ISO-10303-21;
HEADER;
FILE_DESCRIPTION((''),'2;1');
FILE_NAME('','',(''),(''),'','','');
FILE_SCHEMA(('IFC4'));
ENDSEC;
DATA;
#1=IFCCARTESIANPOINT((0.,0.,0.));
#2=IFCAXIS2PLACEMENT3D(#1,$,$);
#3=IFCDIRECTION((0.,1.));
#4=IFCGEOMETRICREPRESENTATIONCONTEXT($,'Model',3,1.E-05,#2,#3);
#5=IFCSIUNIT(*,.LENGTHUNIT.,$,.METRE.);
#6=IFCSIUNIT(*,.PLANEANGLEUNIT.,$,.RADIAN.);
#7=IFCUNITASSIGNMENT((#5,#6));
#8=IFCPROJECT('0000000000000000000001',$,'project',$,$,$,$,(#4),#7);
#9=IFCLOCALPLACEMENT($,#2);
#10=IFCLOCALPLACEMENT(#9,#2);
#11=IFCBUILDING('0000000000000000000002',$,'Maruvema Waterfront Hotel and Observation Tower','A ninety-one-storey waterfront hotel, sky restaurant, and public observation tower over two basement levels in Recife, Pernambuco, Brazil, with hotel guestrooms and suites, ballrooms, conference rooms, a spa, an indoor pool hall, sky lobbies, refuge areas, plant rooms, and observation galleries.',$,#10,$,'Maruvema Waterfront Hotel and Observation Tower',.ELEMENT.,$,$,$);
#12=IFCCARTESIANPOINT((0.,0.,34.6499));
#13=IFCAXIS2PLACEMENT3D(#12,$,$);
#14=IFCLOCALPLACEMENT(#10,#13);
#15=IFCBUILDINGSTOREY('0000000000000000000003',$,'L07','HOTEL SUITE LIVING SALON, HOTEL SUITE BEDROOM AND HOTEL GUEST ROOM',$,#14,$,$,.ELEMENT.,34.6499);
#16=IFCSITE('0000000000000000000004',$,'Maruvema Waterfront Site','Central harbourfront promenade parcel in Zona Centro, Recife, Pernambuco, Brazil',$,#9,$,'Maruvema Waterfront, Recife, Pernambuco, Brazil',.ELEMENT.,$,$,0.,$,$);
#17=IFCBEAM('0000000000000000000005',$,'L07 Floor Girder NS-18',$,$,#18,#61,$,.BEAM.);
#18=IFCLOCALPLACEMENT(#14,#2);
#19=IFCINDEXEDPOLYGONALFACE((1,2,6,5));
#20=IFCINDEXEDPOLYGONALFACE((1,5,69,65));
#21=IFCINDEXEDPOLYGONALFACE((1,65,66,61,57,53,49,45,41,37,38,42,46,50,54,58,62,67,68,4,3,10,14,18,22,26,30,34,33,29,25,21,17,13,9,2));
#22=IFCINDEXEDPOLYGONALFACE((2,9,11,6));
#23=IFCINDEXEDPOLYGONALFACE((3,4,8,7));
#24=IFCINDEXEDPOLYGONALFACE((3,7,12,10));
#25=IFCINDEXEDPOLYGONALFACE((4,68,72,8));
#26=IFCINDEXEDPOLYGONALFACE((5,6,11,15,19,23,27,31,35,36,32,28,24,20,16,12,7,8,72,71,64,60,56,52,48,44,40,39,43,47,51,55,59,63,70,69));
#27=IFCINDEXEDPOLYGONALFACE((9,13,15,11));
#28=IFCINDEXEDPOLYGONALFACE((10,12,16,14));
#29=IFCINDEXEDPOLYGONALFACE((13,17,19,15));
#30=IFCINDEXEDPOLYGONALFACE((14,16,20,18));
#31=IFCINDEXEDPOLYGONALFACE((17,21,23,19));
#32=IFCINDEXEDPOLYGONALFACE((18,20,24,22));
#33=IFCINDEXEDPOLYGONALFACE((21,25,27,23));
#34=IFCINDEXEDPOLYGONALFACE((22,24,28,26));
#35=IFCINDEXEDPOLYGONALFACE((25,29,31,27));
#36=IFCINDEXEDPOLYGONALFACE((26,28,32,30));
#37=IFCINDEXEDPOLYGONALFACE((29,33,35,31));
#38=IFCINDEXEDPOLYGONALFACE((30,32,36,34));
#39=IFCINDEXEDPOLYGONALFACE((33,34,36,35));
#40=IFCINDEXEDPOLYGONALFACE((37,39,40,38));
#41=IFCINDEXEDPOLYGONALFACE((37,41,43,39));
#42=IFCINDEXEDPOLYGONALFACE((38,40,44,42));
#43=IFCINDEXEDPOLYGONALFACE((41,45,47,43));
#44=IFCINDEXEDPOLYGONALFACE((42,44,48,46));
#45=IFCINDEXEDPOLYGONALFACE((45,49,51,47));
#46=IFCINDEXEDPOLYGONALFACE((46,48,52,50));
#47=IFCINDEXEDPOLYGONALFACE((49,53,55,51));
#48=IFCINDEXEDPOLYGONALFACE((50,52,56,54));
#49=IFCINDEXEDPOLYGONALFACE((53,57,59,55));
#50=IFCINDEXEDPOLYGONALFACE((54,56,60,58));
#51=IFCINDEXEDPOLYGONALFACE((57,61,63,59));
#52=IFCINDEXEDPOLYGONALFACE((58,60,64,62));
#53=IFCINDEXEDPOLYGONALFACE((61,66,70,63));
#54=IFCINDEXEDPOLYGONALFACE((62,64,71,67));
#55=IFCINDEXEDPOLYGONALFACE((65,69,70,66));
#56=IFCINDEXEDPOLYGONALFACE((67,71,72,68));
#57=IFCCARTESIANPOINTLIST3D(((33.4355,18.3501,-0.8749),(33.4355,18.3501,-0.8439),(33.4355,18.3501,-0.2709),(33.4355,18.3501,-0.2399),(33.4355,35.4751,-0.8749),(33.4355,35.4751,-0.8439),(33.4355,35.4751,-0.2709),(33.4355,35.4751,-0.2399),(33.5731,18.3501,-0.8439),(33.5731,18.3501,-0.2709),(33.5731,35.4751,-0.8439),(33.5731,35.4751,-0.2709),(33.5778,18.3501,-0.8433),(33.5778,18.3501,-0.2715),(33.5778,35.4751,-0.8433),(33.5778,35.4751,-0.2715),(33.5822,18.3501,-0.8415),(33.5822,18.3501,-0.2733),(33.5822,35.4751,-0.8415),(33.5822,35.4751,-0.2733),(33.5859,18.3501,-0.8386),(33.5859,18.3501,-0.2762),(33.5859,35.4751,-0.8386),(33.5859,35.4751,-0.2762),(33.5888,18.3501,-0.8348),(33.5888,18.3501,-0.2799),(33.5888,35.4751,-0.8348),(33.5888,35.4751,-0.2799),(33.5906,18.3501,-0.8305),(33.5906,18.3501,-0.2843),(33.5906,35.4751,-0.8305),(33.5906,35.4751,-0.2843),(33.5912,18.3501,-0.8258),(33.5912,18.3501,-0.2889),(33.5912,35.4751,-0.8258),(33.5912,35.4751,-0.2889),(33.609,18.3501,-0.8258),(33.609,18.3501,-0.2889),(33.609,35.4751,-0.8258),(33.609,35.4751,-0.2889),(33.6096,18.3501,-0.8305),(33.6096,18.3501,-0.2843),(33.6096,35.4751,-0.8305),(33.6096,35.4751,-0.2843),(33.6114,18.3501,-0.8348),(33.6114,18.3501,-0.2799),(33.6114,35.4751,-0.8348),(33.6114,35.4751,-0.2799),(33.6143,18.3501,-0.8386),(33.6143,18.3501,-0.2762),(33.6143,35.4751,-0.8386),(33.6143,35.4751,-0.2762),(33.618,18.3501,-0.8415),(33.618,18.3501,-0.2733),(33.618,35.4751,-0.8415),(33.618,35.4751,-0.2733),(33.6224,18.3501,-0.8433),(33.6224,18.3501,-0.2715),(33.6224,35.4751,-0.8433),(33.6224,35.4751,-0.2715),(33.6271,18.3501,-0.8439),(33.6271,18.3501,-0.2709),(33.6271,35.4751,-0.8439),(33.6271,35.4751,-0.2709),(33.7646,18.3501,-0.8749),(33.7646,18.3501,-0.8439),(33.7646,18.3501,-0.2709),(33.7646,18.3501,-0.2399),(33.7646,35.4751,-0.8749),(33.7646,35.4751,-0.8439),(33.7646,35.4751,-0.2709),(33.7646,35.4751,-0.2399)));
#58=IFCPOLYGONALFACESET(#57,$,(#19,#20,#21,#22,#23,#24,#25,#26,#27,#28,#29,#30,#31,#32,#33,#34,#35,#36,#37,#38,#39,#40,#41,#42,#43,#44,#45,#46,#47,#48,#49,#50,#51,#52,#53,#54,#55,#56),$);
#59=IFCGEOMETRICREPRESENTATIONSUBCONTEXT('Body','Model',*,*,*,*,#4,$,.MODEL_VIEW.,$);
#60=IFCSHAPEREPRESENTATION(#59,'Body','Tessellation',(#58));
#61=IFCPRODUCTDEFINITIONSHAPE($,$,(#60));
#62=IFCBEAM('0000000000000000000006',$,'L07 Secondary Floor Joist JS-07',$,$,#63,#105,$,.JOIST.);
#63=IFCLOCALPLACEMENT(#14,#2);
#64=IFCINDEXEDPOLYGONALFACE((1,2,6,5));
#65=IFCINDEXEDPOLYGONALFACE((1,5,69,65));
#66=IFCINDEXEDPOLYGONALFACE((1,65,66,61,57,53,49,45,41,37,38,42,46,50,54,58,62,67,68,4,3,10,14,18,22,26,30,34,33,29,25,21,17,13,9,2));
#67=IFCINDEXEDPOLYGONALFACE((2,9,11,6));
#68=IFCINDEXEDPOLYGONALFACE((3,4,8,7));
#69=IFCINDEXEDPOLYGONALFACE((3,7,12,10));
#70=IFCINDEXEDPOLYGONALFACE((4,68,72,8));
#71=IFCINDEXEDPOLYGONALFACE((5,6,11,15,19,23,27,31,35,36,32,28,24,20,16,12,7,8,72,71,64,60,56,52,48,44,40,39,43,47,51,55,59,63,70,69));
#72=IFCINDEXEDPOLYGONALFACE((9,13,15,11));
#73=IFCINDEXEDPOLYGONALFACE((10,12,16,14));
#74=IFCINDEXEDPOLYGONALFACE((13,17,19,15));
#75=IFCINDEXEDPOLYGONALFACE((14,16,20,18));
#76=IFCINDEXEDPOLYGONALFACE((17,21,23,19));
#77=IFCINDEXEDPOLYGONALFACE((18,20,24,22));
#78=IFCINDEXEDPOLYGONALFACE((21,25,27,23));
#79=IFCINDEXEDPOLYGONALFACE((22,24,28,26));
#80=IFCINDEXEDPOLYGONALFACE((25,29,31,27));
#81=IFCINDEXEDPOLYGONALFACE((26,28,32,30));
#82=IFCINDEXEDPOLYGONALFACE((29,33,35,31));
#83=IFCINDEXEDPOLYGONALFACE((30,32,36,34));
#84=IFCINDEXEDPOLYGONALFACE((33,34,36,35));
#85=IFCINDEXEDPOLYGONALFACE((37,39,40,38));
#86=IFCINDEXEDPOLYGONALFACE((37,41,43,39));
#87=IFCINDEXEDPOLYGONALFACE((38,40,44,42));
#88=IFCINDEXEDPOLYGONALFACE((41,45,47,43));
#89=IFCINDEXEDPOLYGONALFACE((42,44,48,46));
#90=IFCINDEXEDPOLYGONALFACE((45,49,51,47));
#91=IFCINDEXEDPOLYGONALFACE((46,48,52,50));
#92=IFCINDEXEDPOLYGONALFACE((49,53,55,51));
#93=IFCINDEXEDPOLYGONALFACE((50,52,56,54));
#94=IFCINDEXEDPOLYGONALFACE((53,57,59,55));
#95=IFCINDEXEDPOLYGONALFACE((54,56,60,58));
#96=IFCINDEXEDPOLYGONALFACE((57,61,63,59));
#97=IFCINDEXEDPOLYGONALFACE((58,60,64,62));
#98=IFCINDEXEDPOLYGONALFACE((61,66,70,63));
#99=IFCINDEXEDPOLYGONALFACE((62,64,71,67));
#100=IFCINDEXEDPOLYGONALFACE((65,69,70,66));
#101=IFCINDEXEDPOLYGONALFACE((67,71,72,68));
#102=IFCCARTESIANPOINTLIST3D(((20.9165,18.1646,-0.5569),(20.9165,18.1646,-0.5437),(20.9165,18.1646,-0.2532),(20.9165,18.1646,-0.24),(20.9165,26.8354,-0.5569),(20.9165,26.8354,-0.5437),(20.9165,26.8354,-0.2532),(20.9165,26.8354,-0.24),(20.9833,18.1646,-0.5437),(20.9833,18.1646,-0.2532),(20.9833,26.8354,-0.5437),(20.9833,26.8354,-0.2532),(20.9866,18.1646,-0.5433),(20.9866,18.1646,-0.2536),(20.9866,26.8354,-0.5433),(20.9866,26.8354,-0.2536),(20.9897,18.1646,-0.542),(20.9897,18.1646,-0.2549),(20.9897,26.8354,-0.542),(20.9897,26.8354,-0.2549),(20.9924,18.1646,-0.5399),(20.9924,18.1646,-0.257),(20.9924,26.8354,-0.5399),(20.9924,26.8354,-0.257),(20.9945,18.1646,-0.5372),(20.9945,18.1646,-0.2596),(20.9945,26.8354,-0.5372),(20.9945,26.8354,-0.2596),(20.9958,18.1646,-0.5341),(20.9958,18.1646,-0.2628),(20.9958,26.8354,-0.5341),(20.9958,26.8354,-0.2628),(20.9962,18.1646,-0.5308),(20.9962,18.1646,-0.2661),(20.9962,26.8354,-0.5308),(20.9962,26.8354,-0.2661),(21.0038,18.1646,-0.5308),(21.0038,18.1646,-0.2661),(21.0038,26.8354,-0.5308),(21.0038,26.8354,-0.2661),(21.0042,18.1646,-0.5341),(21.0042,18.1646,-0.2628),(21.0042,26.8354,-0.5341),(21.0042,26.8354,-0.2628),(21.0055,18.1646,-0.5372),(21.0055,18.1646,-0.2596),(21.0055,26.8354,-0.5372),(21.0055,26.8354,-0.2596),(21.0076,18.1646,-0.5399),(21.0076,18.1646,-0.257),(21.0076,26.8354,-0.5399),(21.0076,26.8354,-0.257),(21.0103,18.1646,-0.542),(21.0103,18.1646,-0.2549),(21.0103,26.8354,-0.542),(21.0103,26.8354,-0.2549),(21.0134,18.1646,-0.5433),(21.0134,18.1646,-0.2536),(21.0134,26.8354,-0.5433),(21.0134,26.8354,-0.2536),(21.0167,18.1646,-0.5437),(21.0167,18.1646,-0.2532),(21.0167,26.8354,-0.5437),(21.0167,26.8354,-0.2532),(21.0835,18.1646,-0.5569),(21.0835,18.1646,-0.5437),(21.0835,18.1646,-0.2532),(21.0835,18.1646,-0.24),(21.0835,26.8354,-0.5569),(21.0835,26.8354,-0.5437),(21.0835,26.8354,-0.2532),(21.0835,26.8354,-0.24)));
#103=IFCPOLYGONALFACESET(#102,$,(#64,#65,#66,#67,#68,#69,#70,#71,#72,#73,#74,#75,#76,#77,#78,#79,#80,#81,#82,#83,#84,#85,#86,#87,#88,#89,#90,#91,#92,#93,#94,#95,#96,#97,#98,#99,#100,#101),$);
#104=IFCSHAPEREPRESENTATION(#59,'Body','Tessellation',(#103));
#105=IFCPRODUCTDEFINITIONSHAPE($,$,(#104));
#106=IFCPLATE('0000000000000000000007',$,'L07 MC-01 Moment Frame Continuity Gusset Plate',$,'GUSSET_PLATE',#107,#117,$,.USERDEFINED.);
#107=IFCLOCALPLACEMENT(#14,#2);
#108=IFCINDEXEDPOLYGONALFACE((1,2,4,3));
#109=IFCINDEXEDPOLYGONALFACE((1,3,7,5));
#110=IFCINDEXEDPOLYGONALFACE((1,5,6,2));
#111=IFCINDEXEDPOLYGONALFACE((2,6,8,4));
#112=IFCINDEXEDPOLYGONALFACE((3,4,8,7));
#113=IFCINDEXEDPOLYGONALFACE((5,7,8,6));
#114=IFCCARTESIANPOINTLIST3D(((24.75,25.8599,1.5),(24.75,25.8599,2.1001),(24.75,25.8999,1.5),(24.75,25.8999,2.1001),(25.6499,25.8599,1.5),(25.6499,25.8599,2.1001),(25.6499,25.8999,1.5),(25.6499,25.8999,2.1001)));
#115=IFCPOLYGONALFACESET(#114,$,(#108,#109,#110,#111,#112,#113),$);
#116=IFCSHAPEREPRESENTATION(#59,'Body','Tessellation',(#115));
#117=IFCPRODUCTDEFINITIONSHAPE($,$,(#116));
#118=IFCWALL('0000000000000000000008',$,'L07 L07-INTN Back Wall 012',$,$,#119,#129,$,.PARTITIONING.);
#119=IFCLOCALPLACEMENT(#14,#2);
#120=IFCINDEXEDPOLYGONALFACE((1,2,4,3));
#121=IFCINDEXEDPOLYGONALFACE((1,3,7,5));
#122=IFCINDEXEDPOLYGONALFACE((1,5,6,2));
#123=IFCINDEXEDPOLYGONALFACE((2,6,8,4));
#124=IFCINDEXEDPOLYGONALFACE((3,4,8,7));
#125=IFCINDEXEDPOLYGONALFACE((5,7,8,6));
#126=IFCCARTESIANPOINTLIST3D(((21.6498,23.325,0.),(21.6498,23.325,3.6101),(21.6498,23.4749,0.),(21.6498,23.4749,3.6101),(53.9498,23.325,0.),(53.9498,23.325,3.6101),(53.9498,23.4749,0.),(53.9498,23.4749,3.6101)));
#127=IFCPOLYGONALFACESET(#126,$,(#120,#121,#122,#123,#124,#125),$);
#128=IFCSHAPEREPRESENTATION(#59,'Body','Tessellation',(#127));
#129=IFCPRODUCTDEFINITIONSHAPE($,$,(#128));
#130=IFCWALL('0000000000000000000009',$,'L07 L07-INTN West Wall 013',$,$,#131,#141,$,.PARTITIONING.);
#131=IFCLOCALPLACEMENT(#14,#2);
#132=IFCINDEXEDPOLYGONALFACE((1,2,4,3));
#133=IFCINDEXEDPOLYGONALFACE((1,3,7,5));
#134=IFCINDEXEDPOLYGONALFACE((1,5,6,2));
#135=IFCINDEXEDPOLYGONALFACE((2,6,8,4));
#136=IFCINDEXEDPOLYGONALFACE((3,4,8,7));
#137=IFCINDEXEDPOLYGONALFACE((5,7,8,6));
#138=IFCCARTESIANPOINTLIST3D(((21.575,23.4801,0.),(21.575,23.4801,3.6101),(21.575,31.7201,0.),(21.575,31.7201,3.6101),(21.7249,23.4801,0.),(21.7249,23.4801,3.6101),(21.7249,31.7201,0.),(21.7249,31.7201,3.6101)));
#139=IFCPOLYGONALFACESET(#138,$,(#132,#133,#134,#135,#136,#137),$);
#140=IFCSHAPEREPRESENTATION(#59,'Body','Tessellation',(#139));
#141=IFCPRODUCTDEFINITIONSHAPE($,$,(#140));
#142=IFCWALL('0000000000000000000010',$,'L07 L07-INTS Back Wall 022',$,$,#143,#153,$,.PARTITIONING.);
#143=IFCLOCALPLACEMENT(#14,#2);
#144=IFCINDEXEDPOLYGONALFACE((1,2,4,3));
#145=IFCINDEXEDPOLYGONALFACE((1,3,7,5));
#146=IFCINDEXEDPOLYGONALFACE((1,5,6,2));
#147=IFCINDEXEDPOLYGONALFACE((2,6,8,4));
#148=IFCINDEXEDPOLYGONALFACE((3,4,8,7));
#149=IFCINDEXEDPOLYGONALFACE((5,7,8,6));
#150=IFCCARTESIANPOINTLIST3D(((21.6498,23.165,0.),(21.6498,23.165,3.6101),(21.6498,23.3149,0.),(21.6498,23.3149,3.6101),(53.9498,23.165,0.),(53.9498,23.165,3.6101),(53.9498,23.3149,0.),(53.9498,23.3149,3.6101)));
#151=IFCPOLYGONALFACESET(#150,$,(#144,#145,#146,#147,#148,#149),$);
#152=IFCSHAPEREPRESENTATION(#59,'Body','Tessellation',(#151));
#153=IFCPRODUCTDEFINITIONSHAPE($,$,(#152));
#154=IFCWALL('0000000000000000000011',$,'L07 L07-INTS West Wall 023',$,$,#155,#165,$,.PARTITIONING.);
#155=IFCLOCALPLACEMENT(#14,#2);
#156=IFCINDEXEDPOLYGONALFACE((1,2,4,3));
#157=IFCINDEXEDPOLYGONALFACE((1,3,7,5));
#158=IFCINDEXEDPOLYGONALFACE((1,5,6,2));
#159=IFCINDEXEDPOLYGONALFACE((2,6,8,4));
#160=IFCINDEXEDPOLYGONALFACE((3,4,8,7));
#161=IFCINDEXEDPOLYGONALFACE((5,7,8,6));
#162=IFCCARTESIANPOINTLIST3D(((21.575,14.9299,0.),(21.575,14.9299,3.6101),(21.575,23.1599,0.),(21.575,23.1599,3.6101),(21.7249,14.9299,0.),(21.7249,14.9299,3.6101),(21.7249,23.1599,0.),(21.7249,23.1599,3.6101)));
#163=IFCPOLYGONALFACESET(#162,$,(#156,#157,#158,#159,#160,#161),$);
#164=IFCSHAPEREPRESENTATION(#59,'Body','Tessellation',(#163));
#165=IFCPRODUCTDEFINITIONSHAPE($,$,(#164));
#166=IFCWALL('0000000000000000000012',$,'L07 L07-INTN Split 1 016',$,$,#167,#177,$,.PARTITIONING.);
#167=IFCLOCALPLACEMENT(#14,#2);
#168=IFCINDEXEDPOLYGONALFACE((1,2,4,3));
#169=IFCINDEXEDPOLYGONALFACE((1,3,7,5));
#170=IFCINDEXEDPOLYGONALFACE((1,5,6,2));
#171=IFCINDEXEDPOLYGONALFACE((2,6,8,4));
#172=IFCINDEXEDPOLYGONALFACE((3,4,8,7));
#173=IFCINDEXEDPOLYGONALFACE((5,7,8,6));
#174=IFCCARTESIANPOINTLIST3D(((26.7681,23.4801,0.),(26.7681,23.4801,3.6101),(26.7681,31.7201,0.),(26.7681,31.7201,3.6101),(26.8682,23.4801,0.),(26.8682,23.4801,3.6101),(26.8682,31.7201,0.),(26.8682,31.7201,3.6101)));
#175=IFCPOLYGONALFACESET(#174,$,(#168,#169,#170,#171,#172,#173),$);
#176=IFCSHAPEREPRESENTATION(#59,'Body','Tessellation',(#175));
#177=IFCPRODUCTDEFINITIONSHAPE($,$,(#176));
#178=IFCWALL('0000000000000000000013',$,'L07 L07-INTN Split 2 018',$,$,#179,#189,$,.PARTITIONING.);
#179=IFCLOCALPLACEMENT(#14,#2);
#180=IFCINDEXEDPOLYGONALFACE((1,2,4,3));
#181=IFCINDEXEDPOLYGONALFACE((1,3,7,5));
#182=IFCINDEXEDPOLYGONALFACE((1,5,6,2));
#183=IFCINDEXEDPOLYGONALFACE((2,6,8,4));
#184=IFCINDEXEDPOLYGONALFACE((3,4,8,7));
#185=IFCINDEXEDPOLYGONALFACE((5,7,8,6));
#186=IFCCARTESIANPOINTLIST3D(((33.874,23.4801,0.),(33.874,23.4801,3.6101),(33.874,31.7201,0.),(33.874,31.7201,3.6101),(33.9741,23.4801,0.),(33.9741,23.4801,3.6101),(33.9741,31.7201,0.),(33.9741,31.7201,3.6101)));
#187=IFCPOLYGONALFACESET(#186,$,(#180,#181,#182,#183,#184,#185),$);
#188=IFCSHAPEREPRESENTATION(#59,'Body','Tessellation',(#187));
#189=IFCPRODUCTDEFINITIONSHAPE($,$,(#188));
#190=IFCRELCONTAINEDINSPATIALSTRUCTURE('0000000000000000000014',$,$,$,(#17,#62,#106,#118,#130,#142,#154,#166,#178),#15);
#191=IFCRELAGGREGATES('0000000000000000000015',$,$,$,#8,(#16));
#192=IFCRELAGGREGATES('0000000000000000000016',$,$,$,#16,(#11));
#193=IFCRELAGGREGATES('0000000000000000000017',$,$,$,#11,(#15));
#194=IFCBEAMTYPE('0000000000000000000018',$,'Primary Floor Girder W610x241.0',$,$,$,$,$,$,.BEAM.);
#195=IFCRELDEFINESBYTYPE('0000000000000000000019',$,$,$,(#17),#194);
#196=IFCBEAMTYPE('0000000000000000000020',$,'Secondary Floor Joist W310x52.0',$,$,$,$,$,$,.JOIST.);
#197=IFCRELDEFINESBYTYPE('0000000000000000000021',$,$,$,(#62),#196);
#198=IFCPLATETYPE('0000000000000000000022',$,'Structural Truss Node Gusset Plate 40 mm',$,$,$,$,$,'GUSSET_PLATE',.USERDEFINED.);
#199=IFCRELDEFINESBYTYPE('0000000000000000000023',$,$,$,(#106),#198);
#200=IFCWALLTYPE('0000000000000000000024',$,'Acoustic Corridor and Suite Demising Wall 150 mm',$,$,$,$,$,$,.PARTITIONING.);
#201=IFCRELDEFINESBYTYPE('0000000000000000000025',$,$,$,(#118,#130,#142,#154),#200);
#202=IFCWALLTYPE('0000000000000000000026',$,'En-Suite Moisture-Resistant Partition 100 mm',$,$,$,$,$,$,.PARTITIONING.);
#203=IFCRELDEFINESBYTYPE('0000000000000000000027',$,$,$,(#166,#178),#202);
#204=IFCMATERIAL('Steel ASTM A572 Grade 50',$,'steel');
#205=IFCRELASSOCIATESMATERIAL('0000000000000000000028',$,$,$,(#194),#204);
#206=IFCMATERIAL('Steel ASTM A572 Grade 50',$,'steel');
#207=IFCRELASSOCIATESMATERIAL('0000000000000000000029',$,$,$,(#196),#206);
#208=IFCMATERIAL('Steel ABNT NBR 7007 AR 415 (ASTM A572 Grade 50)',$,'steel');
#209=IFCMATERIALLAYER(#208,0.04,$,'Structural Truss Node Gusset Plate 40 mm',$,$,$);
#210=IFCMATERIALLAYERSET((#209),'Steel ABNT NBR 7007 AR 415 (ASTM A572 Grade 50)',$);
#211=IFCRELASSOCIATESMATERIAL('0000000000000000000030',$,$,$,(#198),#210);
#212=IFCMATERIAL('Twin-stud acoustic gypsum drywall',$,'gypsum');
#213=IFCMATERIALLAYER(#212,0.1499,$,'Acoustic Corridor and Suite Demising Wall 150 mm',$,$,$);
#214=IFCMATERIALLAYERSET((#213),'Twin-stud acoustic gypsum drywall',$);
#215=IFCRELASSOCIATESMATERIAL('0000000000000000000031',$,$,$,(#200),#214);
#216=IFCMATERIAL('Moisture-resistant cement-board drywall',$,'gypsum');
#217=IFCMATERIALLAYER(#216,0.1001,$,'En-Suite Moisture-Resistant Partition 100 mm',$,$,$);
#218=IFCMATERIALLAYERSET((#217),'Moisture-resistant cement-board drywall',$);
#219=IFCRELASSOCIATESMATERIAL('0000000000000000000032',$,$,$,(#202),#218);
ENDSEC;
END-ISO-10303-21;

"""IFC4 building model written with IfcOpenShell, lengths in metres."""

from ifc_helpers import new_model, si_unit, direction, frame, frame_2d, origin, origin_2d, place, context, subcontext, project, spatial, rectangle, i_section, extrude, material, layer, layer_set, material_profile, profile_set, type_object, element, save


model = new_model("IFC4")

# Units and contexts
model_context = context("Model", 3, precision=1e-05, world=origin(), true_north=direction((0.0, 1.0)))
body_context = subcontext(model_context, "Body", "Model", "MODEL_VIEW")
ifc_project = project(units=[si_unit("LENGTHUNIT", "METRE"), si_unit("PLANEANGLEUNIT", "RADIAN")], contexts=[model_context])

# Site, building, storey
site_placement = place(None, origin())
site = spatial("IfcSite", under=ifc_project, at=site_placement, Name="Maruvema Waterfront Site", Description="Central harbourfront promenade parcel in Zona Centro, Recife, Pernambuco, Brazil", LongName="Maruvema Waterfront, Recife, Pernambuco, Brazil", CompositionType="ELEMENT", RefElevation=0.0)
building_placement = place(site_placement, origin())
building = spatial("IfcBuilding", under=site, at=building_placement, Name="Maruvema Waterfront Hotel and Observation Tower", Description="A ninety-one-storey waterfront hotel, sky restaurant, and public observation tower over two basement levels in Recife, Pernambuco, Brazil, with hotel guestrooms and suites, ballrooms, conference rooms, a spa, an indoor pool hall, sky lobbies, refuge areas, plant rooms, and observation galleries.", LongName="Maruvema Waterfront Hotel and Observation Tower", CompositionType="ELEMENT")
storey_placement = place(building_placement, frame((0.0, 0.0, 34.6499)))
storey = spatial("IfcBuildingStorey", under=building, at=storey_placement, Name="L07", Description="HOTEL SUITE LIVING SALON, HOTEL SUITE BEDROOM AND HOTEL GUEST ROOM", CompositionType="ELEMENT", Elevation=34.6499)

# Beams
ifc_material_1 = material(Name="Steel ASTM A572 Grade 50", Category="steel")
ifc_material_profile_1 = material_profile(ifc_material_1, i_section(OverallWidth=0.3291, OverallDepth=0.635, WebThickness=0.0178, FlangeThickness=0.031, FilletRadius=0.0181, at=origin_2d()), Name="W610x241.0")
ifc_profile_set_1 = profile_set([ifc_material_profile_1], Name="Steel ASTM A572 Grade 50")
beam_type_1 = type_object("IfcBeamType", Name="Primary Floor Girder W610x241.0", PredefinedType="BEAM", material=ifc_profile_set_1)
beam_1_placement = place(storey_placement, frame((33.6001, 18.3501, -0.5574), z_axis=(0.0, 1.0, 0.0), x_axis=(-1.0, 0.0, 0.0)))
element("IfcBeam", 1, at=beam_1_placement, inside=storey, type_object=beam_type_1, Name="L07 Floor Girder NS-18", PredefinedType="BEAM", context=body_context, shape_type="SweptSolid", body=[
    extrude(i_section(OverallWidth=0.3291, OverallDepth=0.635, WebThickness=0.0178, FlangeThickness=0.031, FilletRadius=0.0181, at=origin_2d()), origin(), (0.0, 0.0, 1.0), 17.125),
])
ifc_material_2 = material(Name="Steel ASTM A572 Grade 50", Category="steel")
ifc_material_profile_2 = material_profile(ifc_material_2, i_section(OverallWidth=0.167, OverallDepth=0.3169, WebThickness=0.0076, FlangeThickness=0.0132, FilletRadius=0.0129, at=origin_2d()), Name="W310x52.0")
ifc_profile_set_2 = profile_set([ifc_material_profile_2], Name="Steel ASTM A572 Grade 50")
beam_type_2 = type_object("IfcBeamType", Name="Secondary Floor Joist W310x52.0", PredefinedType="JOIST", material=ifc_profile_set_2)
beam_2_placement = place(storey_placement, frame((21.0, 18.1646, -0.3984), z_axis=(0.0, 1.0, 0.0), x_axis=(-1.0, 0.0, 0.0)))
element("IfcBeam", 2, at=beam_2_placement, inside=storey, type_object=beam_type_2, Name="L07 Secondary Floor Joist JS-07", PredefinedType="JOIST", context=body_context, shape_type="SweptSolid", body=[
    extrude(i_section(OverallWidth=0.167, OverallDepth=0.3169, WebThickness=0.0076, FlangeThickness=0.0132, FilletRadius=0.0129, at=origin_2d()), origin(), (0.0, 0.0, 1.0), 8.6709),
])

# Plate
ifc_material_3 = material(Name="Steel ABNT NBR 7007 AR 415 (ASTM A572 Grade 50)", Category="steel")
ifc_layer_1 = layer(ifc_material_3, 0.04, Name="Structural Truss Node Gusset Plate 40 mm")
ifc_layer_set_1 = layer_set([ifc_layer_1], Name="Steel ABNT NBR 7007 AR 415 (ASTM A572 Grade 50)")
plate_type = type_object("IfcPlateType", Name="Structural Truss Node Gusset Plate 40 mm", ElementType="GUSSET_PLATE", PredefinedType="USERDEFINED", material=ifc_layer_set_1)
plate_placement = place(storey_placement, frame((25.2, 25.8799, 1.5), z_axis=(0.0, 0.0, 1.0), x_axis=(1.0, 0.0, 0.0)))
element("IfcPlate", 3, at=plate_placement, inside=storey, type_object=plate_type, Name="L07 MC-01 Moment Frame Continuity Gusset Plate", ObjectType="GUSSET_PLATE", PredefinedType="USERDEFINED", context=body_context, shape_type="SweptSolid", body=[
    extrude(rectangle(XDim=0.8999, YDim=0.04, at=origin_2d()), origin(), (0.0, 0.0, 1.0), 0.6001),
])

# Walls
ifc_material_4 = material(Name="Twin-stud acoustic gypsum drywall", Category="gypsum")
ifc_layer_2 = layer(ifc_material_4, 0.1499, Name="Acoustic Corridor and Suite Demising Wall 150 mm")
ifc_layer_set_2 = layer_set([ifc_layer_2], Name="Twin-stud acoustic gypsum drywall")
wall_type_1 = type_object("IfcWallType", Name="Acoustic Corridor and Suite Demising Wall 150 mm", PredefinedType="PARTITIONING", material=ifc_layer_set_2)
wall_1_placement = place(storey_placement, frame((21.6499, 23.3999, 0.0), z_axis=(0.0, 0.0, 1.0), x_axis=(1.0, 0.0, 0.0)))
element("IfcWall", 4, at=wall_1_placement, inside=storey, type_object=wall_type_1, Name="L07 L07-INTN Back Wall 012", PredefinedType="PARTITIONING", context=body_context, shape_type="SweptSolid", body=[
    extrude(rectangle(XDim=32.3, YDim=0.1499, at=frame_2d((16.1499, 0.0))), origin(), (0.0, 0.0, 1.0), 3.6101),
])
wall_2_placement = place(storey_placement, frame((21.6499, 23.48, 0.0), z_axis=(0.0, 0.0, 1.0), x_axis=(0.0, 1.0, 0.0)))
element("IfcWall", 5, at=wall_2_placement, inside=storey, type_object=wall_type_1, Name="L07 L07-INTN West Wall 013", PredefinedType="PARTITIONING", context=body_context, shape_type="SweptSolid", body=[
    extrude(rectangle(XDim=8.24, YDim=0.1499, at=frame_2d((4.1201, 0.0))), origin(), (0.0, 0.0, 1.0), 3.6101),
])
wall_3_placement = place(storey_placement, frame((21.6499, 23.24, 0.0), z_axis=(0.0, 0.0, 1.0), x_axis=(1.0, 0.0, 0.0)))
element("IfcWall", 6, at=wall_3_placement, inside=storey, type_object=wall_type_1, Name="L07 L07-INTS Back Wall 022", PredefinedType="PARTITIONING", context=body_context, shape_type="SweptSolid", body=[
    extrude(rectangle(XDim=32.3, YDim=0.1499, at=frame_2d((16.1499, 0.0))), origin(), (0.0, 0.0, 1.0), 3.6101),
])
wall_4_placement = place(storey_placement, frame((21.6499, 14.9299, 0.0), z_axis=(0.0, 0.0, 1.0), x_axis=(0.0, 1.0, 0.0)))
element("IfcWall", 7, at=wall_4_placement, inside=storey, type_object=wall_type_1, Name="L07 L07-INTS West Wall 023", PredefinedType="PARTITIONING", context=body_context, shape_type="SweptSolid", body=[
    extrude(rectangle(XDim=8.23, YDim=0.1499, at=frame_2d((4.115, 0.0))), origin(), (0.0, 0.0, 1.0), 3.6101),
])
ifc_material_5 = material(Name="Moisture-resistant cement-board drywall", Category="gypsum")
ifc_layer_3 = layer(ifc_material_5, 0.1001, Name="En-Suite Moisture-Resistant Partition 100 mm")
ifc_layer_set_3 = layer_set([ifc_layer_3], Name="Moisture-resistant cement-board drywall")
wall_type_2 = type_object("IfcWallType", Name="En-Suite Moisture-Resistant Partition 100 mm", PredefinedType="PARTITIONING", material=ifc_layer_set_3)
for number, where, z_axis, x_axis, name in (
    (8, (26.8181, 23.48, 0.0), (0.0, 0.0, 1.0), (0.0, 1.0, 0.0), "L07 L07-INTN Split 1 016"),
    (9, (33.9241, 23.48, 0.0), (0.0, 0.0, 1.0), (0.0, 1.0, 0.0), "L07 L07-INTN Split 2 018"),
):
    element("IfcWall", number, at=place(storey_placement, frame(where, z_axis=z_axis, x_axis=x_axis)), inside=storey, type_object=wall_type_2, Name=name, PredefinedType="PARTITIONING", context=body_context, shape_type="SweptSolid", body=[
        extrude(rectangle(XDim=8.24, YDim=0.1001, at=frame_2d((4.1201, 0.0))), origin(), (0.0, 0.0, 1.0), 3.6101),
    ])

save(model, "model.ifc")
